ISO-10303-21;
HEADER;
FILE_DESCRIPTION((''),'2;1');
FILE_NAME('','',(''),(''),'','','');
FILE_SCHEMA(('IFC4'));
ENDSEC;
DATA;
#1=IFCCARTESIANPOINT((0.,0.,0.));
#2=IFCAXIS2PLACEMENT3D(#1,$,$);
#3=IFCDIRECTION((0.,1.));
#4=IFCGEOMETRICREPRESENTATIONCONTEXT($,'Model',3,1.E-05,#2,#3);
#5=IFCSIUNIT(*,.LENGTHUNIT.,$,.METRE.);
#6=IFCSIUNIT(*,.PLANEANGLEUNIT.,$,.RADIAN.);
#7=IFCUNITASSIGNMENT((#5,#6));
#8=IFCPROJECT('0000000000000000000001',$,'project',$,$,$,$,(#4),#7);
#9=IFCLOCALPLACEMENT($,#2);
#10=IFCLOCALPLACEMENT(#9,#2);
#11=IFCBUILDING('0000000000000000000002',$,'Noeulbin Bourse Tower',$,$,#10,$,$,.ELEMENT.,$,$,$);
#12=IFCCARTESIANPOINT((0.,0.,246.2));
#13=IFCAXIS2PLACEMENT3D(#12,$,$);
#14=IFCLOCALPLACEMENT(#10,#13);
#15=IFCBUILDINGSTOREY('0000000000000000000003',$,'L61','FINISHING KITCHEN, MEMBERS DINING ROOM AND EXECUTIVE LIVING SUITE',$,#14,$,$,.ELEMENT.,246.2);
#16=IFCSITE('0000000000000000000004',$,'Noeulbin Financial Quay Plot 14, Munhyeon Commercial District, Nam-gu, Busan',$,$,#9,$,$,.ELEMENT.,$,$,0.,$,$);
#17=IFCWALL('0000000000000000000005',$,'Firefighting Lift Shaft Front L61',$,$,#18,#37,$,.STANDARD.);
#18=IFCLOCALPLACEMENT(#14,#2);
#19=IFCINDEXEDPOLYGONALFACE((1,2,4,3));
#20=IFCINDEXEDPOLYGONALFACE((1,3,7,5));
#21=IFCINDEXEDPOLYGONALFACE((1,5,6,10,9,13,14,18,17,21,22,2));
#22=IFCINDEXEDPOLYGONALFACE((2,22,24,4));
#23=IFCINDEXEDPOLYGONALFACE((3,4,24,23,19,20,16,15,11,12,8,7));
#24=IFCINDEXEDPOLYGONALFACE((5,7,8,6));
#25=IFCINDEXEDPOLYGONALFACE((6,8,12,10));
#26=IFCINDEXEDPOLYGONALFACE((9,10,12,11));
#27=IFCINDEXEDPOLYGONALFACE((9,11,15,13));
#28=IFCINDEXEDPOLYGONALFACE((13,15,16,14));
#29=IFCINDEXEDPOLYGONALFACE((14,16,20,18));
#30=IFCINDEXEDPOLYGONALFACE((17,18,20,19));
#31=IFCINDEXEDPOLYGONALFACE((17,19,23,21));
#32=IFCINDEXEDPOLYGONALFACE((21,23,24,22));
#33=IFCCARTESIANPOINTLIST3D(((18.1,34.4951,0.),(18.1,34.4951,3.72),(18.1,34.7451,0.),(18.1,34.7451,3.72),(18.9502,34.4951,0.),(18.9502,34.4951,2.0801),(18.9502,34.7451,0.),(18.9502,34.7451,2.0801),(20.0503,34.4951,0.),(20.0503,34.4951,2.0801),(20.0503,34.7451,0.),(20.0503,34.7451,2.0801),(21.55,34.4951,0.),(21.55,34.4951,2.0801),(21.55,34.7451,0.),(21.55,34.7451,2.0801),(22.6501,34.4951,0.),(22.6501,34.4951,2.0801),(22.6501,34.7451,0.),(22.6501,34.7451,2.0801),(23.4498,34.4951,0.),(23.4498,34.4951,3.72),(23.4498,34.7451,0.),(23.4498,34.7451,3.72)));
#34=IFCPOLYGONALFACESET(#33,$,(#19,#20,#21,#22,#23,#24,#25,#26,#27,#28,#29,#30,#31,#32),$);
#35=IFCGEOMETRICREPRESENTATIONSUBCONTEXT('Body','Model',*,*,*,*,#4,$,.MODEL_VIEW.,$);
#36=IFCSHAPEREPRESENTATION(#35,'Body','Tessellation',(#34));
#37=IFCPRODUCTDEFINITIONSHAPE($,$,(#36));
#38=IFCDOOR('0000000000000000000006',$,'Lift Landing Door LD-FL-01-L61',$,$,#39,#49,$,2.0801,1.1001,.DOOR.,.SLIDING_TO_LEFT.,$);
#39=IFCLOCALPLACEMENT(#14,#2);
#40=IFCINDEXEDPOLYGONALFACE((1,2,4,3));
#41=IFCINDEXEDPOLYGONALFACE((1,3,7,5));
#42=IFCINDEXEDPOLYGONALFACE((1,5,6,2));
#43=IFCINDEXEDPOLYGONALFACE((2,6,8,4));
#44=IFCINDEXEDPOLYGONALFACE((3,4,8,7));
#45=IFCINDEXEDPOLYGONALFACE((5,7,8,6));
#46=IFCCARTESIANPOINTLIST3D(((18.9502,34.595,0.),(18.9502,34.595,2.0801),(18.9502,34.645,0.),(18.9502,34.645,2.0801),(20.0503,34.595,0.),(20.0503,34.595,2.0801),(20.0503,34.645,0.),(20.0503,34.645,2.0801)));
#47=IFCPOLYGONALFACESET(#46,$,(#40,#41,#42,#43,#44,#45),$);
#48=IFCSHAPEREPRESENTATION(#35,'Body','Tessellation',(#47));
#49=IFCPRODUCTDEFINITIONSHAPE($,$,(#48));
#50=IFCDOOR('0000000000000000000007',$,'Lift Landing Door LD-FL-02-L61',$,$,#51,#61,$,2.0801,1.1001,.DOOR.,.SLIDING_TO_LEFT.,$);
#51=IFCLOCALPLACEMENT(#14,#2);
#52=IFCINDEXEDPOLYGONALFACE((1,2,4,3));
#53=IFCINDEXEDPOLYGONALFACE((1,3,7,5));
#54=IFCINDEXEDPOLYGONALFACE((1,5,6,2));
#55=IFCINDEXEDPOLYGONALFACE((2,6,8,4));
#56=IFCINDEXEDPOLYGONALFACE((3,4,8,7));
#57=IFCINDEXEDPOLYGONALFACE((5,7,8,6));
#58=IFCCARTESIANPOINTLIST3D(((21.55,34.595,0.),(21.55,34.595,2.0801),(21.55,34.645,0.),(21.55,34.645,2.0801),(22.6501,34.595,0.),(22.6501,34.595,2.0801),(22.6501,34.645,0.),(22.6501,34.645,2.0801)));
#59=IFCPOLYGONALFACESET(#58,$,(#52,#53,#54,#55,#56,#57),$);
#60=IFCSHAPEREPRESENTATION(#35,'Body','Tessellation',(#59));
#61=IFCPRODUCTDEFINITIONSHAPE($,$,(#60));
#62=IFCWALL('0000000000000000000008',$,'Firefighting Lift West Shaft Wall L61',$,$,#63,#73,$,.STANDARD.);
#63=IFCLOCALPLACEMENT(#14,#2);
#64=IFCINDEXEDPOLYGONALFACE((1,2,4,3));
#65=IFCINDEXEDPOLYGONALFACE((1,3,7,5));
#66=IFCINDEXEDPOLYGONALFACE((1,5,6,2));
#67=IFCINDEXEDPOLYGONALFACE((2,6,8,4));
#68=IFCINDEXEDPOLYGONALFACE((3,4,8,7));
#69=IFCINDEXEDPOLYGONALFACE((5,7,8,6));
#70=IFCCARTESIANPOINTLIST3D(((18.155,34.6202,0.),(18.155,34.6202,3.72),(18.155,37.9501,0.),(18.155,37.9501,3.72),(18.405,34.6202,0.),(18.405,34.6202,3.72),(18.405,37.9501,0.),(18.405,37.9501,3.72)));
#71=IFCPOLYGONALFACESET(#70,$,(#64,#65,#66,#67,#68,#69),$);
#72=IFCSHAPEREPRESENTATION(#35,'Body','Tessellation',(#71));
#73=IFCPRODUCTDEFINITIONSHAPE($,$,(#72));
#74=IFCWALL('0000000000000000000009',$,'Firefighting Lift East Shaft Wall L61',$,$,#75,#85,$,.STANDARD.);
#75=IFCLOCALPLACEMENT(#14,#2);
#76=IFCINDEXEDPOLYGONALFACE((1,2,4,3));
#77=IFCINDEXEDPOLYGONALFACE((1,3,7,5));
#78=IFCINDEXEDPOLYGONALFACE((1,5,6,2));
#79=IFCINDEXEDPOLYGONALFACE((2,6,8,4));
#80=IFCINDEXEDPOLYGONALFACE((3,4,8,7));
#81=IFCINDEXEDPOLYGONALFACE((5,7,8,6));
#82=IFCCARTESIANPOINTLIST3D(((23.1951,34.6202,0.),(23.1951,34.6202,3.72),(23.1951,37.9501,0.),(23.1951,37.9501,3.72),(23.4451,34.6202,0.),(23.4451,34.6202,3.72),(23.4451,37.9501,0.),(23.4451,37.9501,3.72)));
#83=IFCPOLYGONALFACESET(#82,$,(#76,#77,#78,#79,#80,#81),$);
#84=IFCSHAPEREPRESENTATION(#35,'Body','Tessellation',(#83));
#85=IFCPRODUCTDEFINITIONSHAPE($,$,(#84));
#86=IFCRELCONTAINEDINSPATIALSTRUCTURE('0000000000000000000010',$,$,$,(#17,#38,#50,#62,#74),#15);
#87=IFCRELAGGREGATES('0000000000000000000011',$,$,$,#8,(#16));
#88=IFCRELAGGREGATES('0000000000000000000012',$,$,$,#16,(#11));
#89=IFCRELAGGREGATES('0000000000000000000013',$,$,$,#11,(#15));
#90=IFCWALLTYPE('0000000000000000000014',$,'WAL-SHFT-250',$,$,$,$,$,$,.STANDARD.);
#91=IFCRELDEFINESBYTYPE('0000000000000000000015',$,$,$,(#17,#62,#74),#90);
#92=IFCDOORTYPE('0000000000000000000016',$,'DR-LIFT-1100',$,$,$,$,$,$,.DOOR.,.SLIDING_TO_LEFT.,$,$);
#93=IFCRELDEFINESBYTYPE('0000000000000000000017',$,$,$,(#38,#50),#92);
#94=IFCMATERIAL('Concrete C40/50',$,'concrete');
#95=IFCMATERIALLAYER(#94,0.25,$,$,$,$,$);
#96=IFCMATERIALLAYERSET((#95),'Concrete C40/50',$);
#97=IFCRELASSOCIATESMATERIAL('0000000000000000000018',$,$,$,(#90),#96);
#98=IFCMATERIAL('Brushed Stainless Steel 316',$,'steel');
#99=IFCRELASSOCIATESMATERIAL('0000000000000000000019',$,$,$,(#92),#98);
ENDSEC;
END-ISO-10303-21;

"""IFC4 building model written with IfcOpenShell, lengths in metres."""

from ifc_helpers import new_model, si_unit, direction, frame, frame_2d, origin, place, context, subcontext, project, spatial, rectangle, extrude, material, layer, layer_set, type_object, element, fill, save


model = new_model("IFC4")

# Units and contexts
model_context = context("Model", 3, precision=1e-05, world=origin(), true_north=direction((0.0, 1.0)))
body_context = subcontext(model_context, "Body", "Model", "MODEL_VIEW")
ifc_project = project(units=[si_unit("LENGTHUNIT", "METRE"), si_unit("PLANEANGLEUNIT", "RADIAN")], contexts=[model_context])

# Site, building, storey
site_placement = place(None, origin())
site = spatial("IfcSite", under=ifc_project, at=site_placement, Name="Noeulbin Financial Quay Plot 14, Munhyeon Commercial District, Nam-gu, Busan", CompositionType="ELEMENT", RefElevation=0.0)
building_placement = place(site_placement, origin())
building = spatial("IfcBuilding", under=site, at=building_placement, Name="Noeulbin Bourse Tower", CompositionType="ELEMENT")
storey_placement = place(building_placement, frame((0.0, 0.0, 246.2)))
storey = spatial("IfcBuildingStorey", under=building, at=storey_placement, Name="L61", Description="FINISHING KITCHEN, MEMBERS DINING ROOM AND EXECUTIVE LIVING SUITE", CompositionType="ELEMENT", Elevation=246.2)

# Shared definitions
ifc_material_1 = material(Name="Concrete C40/50", Category="concrete")

# Wall, openings, doors
ifc_layer_1 = layer(ifc_material_1, 0.25)
ifc_layer_set_1 = layer_set([ifc_layer_1], Name="Concrete C40/50")
wall_type_1 = type_object("IfcWallType", Name="WAL-SHFT-250", PredefinedType="STANDARD", material=ifc_layer_set_1)
wall_1_placement = place(storey_placement, frame((18.1001, 34.6201, 0.0), z_axis=(0.0, 0.0, 1.0), x_axis=(1.0, 0.0, 0.0)))
wall_1 = element("IfcWall", 1, at=wall_1_placement, inside=storey, type_object=wall_type_1, Name="Firefighting Lift Shaft Front L61", PredefinedType="STANDARD", context=body_context, shape_type="SweptSolid", body=[
    extrude(rectangle(XDim=5.3499, YDim=0.25, at=frame_2d((2.6748, 0.0))), origin(), (0.0, 0.0, 1.0), 3.72),
])
opening_1_placement = place(wall_1_placement, frame((0.8501, 0.0, 0.0)))
opening_1 = element("IfcOpeningElement", 2, at=opening_1_placement, cuts=wall_1, PredefinedType="OPENING", context=body_context, shape_type="SweptSolid", body=[
    extrude(rectangle(XDim=1.1001, YDim=2.0801, at=frame_2d((0.55, 1.04))), frame((0.0, 0.135, 0.0), z_axis=(0.0, -1.0, 0.0), x_axis=(1.0, 0.0, 0.0)), (0.0, 0.0, 1.0), 0.27),
])
opening_2_placement = place(wall_1_placement, frame((3.45, 0.0, 0.0)))
opening_2 = element("IfcOpeningElement", 3, at=opening_2_placement, cuts=wall_1, PredefinedType="OPENING", context=body_context, shape_type="SweptSolid", body=[
    extrude(rectangle(XDim=1.1001, YDim=2.0801, at=frame_2d((0.55, 1.04))), frame((0.0, 0.135, 0.0), z_axis=(0.0, -1.0, 0.0), x_axis=(1.0, 0.0, 0.0)), (0.0, 0.0, 1.0), 0.27),
])
ifc_material_2 = material(Name="Brushed Stainless Steel 316", Category="steel")
door_type_1 = type_object("IfcDoorType", Name="DR-LIFT-1100", OperationType="SLIDING_TO_LEFT", PredefinedType="DOOR", material=ifc_material_2)
door_1_placement = place(opening_1_placement, origin())
door_1 = element("IfcDoor", 4, at=door_1_placement, inside=storey, type_object=door_type_1, Name="Lift Landing Door LD-FL-01-L61", OperationType="SLIDING_TO_LEFT", OverallHeight=2.0801, OverallWidth=1.1001, PredefinedType="DOOR", context=body_context, shape_type="SweptSolid", body=[
    extrude(rectangle(XDim=1.1001, YDim=2.0801, at=frame_2d((0.55, 1.04))), frame((0.0, 0.0249, 0.0), z_axis=(0.0, -1.0, 0.0), x_axis=(1.0, 0.0, 0.0)), (0.0, 0.0, 1.0), 0.05),
])
fill(opening_1, door_1)
door_2_placement = place(opening_2_placement, origin())
door_2 = element("IfcDoor", 5, at=door_2_placement, inside=storey, type_object=door_type_1, Name="Lift Landing Door LD-FL-02-L61", OperationType="SLIDING_TO_LEFT", OverallHeight=2.0801, OverallWidth=1.1001, PredefinedType="DOOR", context=body_context, shape_type="SweptSolid", body=[
    extrude(rectangle(XDim=1.1001, YDim=2.0801, at=frame_2d((0.55, 1.04))), frame((0.0, 0.0249, 0.0), z_axis=(0.0, -1.0, 0.0), x_axis=(1.0, 0.0, 0.0)), (0.0, 0.0, 1.0), 0.05),
])
fill(opening_2, door_2)

# Walls
for number, where, z_axis, x_axis, name in (
    (6, (18.28, 34.6201, 0.0), (0.0, 0.0, 1.0), (0.0, 1.0, 0.0), "Firefighting Lift West Shaft Wall L61"),
    (7, (23.3201, 34.6201, 0.0), (0.0, 0.0, 1.0), (0.0, 1.0, 0.0), "Firefighting Lift East Shaft Wall L61"),
):
    element("IfcWall", number, at=place(storey_placement, frame(where, z_axis=z_axis, x_axis=x_axis)), inside=storey, type_object=wall_type_1, Name=name, PredefinedType="STANDARD", context=body_context, shape_type="SweptSolid", body=[
        extrude(rectangle(XDim=3.3298, YDim=0.25, at=frame_2d((1.665, 0.0))), origin(), (0.0, 0.0, 1.0), 3.72),
    ])

save(model, "model.ifc")
